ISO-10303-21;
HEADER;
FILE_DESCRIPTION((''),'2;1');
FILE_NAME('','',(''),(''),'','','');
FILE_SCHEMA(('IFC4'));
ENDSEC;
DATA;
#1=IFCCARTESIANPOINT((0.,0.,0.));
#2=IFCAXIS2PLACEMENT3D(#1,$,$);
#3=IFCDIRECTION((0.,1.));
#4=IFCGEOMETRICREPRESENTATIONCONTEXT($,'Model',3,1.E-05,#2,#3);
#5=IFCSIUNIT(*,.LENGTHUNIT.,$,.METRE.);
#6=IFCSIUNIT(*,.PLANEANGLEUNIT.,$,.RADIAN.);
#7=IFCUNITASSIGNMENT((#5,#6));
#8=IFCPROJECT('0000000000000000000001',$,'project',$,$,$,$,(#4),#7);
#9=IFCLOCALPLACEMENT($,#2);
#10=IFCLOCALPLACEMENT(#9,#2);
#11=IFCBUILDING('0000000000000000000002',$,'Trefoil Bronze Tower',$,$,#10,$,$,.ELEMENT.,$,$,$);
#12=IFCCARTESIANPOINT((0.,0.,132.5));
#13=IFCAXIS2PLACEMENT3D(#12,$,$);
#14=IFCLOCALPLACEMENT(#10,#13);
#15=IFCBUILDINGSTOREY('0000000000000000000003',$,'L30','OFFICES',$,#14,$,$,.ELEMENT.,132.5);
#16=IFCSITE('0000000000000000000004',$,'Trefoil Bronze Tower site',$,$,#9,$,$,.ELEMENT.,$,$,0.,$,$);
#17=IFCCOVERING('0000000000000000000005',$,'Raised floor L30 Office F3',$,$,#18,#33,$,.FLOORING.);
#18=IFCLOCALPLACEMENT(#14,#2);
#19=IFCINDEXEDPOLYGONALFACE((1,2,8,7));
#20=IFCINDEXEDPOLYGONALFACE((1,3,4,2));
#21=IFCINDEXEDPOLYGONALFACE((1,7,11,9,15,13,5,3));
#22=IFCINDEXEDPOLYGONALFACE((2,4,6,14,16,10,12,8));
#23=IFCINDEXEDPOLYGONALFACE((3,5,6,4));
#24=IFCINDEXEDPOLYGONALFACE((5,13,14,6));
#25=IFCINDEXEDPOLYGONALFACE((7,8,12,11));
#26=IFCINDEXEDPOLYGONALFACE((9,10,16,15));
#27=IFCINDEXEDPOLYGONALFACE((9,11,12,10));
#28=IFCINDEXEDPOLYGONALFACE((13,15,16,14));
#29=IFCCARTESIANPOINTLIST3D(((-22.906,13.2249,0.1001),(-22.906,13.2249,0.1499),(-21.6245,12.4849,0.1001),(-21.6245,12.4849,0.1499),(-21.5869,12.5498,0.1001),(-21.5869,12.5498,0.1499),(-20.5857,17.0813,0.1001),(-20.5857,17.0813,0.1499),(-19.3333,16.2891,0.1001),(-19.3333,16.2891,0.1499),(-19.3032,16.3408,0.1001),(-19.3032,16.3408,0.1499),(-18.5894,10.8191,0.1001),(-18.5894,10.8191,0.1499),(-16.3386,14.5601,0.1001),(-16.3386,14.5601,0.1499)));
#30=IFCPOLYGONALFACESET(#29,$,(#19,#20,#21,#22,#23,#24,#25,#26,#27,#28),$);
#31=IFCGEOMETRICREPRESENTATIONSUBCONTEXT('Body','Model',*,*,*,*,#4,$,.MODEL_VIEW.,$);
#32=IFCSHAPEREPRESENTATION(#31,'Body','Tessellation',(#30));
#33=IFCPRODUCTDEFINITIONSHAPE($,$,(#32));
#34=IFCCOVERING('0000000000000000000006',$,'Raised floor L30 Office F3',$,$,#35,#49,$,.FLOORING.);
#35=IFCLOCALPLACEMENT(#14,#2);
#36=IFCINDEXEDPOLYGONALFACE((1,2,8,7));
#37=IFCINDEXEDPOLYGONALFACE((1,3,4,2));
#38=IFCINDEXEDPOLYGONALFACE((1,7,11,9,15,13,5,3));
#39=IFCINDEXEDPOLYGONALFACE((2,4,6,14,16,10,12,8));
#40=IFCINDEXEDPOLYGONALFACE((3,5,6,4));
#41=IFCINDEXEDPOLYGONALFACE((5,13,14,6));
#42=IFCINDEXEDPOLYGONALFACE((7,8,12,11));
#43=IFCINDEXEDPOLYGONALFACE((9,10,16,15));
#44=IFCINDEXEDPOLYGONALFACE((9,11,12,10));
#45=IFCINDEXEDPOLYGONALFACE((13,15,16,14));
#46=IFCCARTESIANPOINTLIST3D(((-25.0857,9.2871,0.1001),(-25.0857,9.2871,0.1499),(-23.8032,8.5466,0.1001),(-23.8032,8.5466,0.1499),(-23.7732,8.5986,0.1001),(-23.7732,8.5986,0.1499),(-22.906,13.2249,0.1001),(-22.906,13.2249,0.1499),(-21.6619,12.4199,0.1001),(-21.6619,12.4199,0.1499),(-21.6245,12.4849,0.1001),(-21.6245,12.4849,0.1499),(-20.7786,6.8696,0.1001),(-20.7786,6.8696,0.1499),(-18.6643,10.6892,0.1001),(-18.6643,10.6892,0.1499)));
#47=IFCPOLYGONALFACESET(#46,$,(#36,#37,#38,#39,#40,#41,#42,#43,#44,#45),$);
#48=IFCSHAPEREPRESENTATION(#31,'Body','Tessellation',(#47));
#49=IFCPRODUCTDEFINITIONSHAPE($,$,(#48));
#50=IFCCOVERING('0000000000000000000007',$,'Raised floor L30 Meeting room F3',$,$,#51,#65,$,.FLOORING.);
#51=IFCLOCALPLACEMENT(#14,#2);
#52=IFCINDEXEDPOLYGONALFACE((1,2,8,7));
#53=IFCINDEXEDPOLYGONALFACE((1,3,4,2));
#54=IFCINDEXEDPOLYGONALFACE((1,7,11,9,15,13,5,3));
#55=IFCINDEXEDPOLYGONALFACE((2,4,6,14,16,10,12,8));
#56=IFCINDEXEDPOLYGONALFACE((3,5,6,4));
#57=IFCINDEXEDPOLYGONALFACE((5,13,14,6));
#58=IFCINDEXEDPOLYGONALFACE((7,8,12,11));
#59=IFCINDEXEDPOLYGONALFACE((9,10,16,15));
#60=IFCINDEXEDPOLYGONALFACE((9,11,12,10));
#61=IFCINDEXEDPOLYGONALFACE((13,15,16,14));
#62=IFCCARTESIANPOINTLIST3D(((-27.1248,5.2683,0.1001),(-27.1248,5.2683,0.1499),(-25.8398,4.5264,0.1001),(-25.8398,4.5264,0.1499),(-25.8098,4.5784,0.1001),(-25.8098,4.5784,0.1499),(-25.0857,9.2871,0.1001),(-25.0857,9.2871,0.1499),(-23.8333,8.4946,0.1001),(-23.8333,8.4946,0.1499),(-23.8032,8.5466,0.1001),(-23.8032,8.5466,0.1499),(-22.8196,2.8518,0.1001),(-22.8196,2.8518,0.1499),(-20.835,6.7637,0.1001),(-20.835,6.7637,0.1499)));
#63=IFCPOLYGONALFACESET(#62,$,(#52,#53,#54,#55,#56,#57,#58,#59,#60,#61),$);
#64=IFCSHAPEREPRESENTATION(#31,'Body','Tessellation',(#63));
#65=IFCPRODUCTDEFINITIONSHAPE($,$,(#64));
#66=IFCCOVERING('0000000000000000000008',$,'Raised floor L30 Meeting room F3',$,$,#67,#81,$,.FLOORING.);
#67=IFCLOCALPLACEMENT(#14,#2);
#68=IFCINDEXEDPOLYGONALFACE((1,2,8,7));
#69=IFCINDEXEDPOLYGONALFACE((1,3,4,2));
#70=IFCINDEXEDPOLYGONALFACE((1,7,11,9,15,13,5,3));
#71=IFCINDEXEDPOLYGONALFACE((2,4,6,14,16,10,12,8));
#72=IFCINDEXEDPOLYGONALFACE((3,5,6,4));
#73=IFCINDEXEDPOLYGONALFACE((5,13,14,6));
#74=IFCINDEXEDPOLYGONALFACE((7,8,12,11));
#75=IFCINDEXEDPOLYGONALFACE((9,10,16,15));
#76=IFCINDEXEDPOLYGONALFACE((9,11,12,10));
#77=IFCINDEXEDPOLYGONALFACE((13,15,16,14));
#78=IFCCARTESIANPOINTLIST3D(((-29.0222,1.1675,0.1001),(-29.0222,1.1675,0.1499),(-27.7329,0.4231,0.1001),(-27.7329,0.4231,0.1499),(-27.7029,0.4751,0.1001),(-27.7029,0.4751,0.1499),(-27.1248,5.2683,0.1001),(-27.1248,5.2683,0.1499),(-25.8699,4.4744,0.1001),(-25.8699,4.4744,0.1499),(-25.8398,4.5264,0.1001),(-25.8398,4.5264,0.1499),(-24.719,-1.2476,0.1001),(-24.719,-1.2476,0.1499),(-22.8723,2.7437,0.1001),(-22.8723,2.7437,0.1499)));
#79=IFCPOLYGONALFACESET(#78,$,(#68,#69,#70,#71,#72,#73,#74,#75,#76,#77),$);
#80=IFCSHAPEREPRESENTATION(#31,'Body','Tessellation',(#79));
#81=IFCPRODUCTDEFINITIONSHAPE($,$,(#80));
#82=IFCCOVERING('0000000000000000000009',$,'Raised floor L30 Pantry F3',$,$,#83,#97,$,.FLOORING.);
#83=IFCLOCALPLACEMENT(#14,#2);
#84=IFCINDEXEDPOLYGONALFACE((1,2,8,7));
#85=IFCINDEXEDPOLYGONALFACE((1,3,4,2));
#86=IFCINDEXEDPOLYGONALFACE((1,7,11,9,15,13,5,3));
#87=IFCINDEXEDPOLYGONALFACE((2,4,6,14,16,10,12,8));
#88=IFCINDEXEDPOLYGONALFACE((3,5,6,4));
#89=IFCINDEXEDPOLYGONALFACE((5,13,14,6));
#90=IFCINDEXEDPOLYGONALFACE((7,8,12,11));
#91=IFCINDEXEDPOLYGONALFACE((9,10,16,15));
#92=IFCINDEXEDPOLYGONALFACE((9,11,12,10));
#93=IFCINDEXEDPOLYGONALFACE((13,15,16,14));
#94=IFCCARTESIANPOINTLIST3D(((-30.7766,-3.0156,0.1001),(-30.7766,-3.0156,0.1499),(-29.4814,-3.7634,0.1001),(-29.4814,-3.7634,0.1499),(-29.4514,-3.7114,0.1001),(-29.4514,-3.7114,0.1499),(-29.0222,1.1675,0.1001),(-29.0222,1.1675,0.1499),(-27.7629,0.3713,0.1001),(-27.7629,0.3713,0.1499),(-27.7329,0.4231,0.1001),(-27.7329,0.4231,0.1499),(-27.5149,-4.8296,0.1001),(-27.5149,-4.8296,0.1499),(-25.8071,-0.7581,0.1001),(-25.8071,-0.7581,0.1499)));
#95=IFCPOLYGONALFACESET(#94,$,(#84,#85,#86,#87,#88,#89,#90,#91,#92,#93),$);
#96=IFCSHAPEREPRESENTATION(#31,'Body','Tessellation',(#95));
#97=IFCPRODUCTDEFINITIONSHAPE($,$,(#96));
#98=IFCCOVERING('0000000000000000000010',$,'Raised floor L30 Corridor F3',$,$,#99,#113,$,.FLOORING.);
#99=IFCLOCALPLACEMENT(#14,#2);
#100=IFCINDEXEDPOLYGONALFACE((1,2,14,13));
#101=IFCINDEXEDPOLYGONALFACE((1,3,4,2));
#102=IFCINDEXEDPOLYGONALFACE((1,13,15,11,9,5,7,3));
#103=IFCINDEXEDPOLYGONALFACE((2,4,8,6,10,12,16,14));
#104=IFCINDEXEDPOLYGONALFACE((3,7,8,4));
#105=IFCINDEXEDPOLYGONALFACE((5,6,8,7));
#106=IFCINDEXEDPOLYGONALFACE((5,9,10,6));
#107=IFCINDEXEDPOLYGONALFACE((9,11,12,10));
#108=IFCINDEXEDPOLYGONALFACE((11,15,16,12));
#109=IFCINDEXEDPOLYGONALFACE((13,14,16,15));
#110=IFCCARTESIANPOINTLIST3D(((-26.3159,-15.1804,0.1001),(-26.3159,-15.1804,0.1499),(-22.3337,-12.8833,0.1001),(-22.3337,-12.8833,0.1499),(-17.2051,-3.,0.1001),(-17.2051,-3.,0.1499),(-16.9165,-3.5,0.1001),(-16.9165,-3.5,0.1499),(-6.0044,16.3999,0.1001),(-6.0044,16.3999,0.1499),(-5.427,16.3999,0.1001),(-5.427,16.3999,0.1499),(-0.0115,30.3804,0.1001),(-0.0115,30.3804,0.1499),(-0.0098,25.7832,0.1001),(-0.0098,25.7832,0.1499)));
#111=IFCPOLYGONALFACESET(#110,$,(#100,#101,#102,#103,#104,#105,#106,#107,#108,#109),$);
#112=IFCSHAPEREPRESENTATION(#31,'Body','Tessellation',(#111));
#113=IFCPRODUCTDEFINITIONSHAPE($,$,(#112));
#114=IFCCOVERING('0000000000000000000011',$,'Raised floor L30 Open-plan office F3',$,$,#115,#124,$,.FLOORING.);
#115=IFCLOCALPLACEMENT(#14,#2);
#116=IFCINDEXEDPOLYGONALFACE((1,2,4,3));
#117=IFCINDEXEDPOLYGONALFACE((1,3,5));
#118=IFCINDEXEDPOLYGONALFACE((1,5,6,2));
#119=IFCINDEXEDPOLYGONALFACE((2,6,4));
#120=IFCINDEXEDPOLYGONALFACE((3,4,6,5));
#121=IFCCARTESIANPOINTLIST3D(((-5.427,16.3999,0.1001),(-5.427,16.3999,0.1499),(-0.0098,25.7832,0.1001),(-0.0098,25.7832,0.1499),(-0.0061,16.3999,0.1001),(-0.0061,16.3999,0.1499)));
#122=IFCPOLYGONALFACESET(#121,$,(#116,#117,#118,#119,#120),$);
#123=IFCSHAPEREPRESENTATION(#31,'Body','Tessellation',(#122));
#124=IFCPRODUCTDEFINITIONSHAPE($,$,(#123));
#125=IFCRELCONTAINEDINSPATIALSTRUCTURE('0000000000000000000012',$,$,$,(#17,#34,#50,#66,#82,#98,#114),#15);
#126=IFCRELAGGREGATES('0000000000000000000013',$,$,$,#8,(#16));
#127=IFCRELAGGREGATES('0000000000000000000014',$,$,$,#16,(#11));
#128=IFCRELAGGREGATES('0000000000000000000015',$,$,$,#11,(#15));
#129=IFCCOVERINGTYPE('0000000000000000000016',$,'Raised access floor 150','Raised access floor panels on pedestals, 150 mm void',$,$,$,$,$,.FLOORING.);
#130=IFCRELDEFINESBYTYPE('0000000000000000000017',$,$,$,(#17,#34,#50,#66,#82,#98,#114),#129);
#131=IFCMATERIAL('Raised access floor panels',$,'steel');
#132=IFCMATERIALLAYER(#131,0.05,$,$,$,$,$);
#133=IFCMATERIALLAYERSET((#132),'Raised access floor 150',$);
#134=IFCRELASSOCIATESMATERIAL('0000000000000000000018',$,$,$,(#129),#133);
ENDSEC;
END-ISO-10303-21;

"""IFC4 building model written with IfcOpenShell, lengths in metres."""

from ifc_helpers import new_model, si_unit, direction, frame, origin, place, context, subcontext, project, spatial, polyline, outline, extrude, material, layer, layer_set, type_object, element, save


model = new_model("IFC4")

# Units and contexts
model_context = context("Model", 3, precision=1e-05, world=origin(), true_north=direction((0.0, 1.0)))
body_context = subcontext(model_context, "Body", "Model", "MODEL_VIEW")
ifc_project = project(units=[si_unit("LENGTHUNIT", "METRE"), si_unit("PLANEANGLEUNIT", "RADIAN")], contexts=[model_context])

# Site, building, storey
site_placement = place(None, origin())
site = spatial("IfcSite", under=ifc_project, at=site_placement, Name="Trefoil Bronze Tower site", CompositionType="ELEMENT", RefElevation=0.0)
building_placement = place(site_placement, origin())
building = spatial("IfcBuilding", under=site, at=building_placement, Name="Trefoil Bronze Tower", CompositionType="ELEMENT")
storey_placement = place(building_placement, frame((0.0, 0.0, 132.5)))
storey = spatial("IfcBuildingStorey", under=building, at=storey_placement, Name="L30", Description="OFFICES", CompositionType="ELEMENT", Elevation=132.5)

# Coverings
ifc_material_1 = material(Name="Raised access floor panels", Category="steel")
ifc_layer_1 = layer(ifc_material_1, 0.05)
ifc_layer_set_1 = layer_set([ifc_layer_1], Name="Raised access floor 150")
covering_type_1 = type_object("IfcCoveringType", Name="Raised access floor 150", Description="Raised access floor panels on pedestals, 150 mm void", PredefinedType="FLOORING", material=ifc_layer_set_1)
covering_1_placement = place(storey_placement, frame((0.0, 0.0, 0.1001)))
element("IfcCovering", 1, at=covering_1_placement, inside=storey, type_object=covering_type_1, Name="Raised floor L30 Office F3", PredefinedType="FLOORING", context=body_context, shape_type="SweptSolid", body=[
    extrude(outline(polyline([(-22.906, 13.2249), (-20.5857, 17.0813), (-19.3032, 16.3408), (-19.3333, 16.2891), (-16.3386, 14.5601), (-18.5894, 10.8191), (-21.5869, 12.5498), (-21.6245, 12.4849), (-22.906, 13.2249)])), origin(), (0.0, 0.0, 1.0), 0.0498),
])
covering_2_placement = place(storey_placement, frame((0.0, 0.0, 0.1001)))
element("IfcCovering", 2, at=covering_2_placement, inside=storey, type_object=covering_type_1, Name="Raised floor L30 Office F3", PredefinedType="FLOORING", context=body_context, shape_type="SweptSolid", body=[
    extrude(outline(polyline([(-25.0857, 9.2871), (-22.906, 13.2249), (-21.6245, 12.4849), (-21.6619, 12.4199), (-18.6643, 10.6892), (-20.7786, 6.8696), (-23.7732, 8.5986), (-23.8032, 8.5466), (-25.0857, 9.2871)])), origin(), (0.0, 0.0, 1.0), 0.0498),
])
covering_3_placement = place(storey_placement, frame((0.0, 0.0, 0.1001)))
element("IfcCovering", 3, at=covering_3_placement, inside=storey, type_object=covering_type_1, Name="Raised floor L30 Meeting room F3", PredefinedType="FLOORING", context=body_context, shape_type="SweptSolid", body=[
    extrude(outline(polyline([(-27.1248, 5.2683), (-25.0857, 9.2871), (-23.8032, 8.5466), (-23.8333, 8.4946), (-20.835, 6.7637), (-22.8196, 2.8518), (-25.8098, 4.5784), (-25.8398, 4.5264), (-27.1248, 5.2683)])), origin(), (0.0, 0.0, 1.0), 0.0498),
])
covering_4_placement = place(storey_placement, frame((0.0, 0.0, 0.1001)))
element("IfcCovering", 4, at=covering_4_placement, inside=storey, type_object=covering_type_1, Name="Raised floor L30 Meeting room F3", PredefinedType="FLOORING", context=body_context, shape_type="SweptSolid", body=[
    extrude(outline(polyline([(-29.0222, 1.1675), (-27.1248, 5.2683), (-25.8398, 4.5264), (-25.8699, 4.4744), (-22.8723, 2.7437), (-24.719, -1.2476), (-27.7029, 0.4751), (-27.7329, 0.4231), (-29.0222, 1.1675)])), origin(), (0.0, 0.0, 1.0), 0.0498),
])
covering_5_placement = place(storey_placement, frame((0.0, 0.0, 0.1001)))
element("IfcCovering", 5, at=covering_5_placement, inside=storey, type_object=covering_type_1, Name="Raised floor L30 Pantry F3", PredefinedType="FLOORING", context=body_context, shape_type="SweptSolid", body=[
    extrude(outline(polyline([(-30.7766, -3.0156), (-29.0222, 1.1675), (-27.7329, 0.4231), (-27.7629, 0.3713), (-25.8071, -0.7581), (-27.5149, -4.8296), (-29.4514, -3.7114), (-29.4814, -3.7634), (-30.7766, -3.0156)])), origin(), (0.0, 0.0, 1.0), 0.0498),
])
covering_6_placement = place(storey_placement, frame((0.0, 0.0, 0.1001)))
element("IfcCovering", 6, at=covering_6_placement, inside=storey, type_object=covering_type_1, Name="Raised floor L30 Corridor F3", PredefinedType="FLOORING", context=body_context, shape_type="SweptSolid", body=[
    extrude(outline(polyline([(-0.0115, 30.3804), (-0.0098, 25.7832), (-5.427, 16.3999), (-6.0044, 16.3999), (-17.2051, -3.0), (-16.9165, -3.5), (-22.3337, -12.8833), (-26.3159, -15.1804), (-0.0115, 30.3804)])), origin(), (0.0, 0.0, 1.0), 0.0498),
])
covering_7_placement = place(storey_placement, frame((0.0, 0.0, 0.1001)))
element("IfcCovering", 7, at=covering_7_placement, inside=storey, type_object=covering_type_1, Name="Raised floor L30 Open-plan office F3", PredefinedType="FLOORING", context=body_context, shape_type="SweptSolid", body=[
    extrude(outline(polyline([(-0.0098, 25.7832), (-0.0061, 16.3999), (-5.427, 16.3999), (-0.0098, 25.7832)])), origin(), (0.0, 0.0, 1.0), 0.0498),
])

save(model, "model.ifc")
